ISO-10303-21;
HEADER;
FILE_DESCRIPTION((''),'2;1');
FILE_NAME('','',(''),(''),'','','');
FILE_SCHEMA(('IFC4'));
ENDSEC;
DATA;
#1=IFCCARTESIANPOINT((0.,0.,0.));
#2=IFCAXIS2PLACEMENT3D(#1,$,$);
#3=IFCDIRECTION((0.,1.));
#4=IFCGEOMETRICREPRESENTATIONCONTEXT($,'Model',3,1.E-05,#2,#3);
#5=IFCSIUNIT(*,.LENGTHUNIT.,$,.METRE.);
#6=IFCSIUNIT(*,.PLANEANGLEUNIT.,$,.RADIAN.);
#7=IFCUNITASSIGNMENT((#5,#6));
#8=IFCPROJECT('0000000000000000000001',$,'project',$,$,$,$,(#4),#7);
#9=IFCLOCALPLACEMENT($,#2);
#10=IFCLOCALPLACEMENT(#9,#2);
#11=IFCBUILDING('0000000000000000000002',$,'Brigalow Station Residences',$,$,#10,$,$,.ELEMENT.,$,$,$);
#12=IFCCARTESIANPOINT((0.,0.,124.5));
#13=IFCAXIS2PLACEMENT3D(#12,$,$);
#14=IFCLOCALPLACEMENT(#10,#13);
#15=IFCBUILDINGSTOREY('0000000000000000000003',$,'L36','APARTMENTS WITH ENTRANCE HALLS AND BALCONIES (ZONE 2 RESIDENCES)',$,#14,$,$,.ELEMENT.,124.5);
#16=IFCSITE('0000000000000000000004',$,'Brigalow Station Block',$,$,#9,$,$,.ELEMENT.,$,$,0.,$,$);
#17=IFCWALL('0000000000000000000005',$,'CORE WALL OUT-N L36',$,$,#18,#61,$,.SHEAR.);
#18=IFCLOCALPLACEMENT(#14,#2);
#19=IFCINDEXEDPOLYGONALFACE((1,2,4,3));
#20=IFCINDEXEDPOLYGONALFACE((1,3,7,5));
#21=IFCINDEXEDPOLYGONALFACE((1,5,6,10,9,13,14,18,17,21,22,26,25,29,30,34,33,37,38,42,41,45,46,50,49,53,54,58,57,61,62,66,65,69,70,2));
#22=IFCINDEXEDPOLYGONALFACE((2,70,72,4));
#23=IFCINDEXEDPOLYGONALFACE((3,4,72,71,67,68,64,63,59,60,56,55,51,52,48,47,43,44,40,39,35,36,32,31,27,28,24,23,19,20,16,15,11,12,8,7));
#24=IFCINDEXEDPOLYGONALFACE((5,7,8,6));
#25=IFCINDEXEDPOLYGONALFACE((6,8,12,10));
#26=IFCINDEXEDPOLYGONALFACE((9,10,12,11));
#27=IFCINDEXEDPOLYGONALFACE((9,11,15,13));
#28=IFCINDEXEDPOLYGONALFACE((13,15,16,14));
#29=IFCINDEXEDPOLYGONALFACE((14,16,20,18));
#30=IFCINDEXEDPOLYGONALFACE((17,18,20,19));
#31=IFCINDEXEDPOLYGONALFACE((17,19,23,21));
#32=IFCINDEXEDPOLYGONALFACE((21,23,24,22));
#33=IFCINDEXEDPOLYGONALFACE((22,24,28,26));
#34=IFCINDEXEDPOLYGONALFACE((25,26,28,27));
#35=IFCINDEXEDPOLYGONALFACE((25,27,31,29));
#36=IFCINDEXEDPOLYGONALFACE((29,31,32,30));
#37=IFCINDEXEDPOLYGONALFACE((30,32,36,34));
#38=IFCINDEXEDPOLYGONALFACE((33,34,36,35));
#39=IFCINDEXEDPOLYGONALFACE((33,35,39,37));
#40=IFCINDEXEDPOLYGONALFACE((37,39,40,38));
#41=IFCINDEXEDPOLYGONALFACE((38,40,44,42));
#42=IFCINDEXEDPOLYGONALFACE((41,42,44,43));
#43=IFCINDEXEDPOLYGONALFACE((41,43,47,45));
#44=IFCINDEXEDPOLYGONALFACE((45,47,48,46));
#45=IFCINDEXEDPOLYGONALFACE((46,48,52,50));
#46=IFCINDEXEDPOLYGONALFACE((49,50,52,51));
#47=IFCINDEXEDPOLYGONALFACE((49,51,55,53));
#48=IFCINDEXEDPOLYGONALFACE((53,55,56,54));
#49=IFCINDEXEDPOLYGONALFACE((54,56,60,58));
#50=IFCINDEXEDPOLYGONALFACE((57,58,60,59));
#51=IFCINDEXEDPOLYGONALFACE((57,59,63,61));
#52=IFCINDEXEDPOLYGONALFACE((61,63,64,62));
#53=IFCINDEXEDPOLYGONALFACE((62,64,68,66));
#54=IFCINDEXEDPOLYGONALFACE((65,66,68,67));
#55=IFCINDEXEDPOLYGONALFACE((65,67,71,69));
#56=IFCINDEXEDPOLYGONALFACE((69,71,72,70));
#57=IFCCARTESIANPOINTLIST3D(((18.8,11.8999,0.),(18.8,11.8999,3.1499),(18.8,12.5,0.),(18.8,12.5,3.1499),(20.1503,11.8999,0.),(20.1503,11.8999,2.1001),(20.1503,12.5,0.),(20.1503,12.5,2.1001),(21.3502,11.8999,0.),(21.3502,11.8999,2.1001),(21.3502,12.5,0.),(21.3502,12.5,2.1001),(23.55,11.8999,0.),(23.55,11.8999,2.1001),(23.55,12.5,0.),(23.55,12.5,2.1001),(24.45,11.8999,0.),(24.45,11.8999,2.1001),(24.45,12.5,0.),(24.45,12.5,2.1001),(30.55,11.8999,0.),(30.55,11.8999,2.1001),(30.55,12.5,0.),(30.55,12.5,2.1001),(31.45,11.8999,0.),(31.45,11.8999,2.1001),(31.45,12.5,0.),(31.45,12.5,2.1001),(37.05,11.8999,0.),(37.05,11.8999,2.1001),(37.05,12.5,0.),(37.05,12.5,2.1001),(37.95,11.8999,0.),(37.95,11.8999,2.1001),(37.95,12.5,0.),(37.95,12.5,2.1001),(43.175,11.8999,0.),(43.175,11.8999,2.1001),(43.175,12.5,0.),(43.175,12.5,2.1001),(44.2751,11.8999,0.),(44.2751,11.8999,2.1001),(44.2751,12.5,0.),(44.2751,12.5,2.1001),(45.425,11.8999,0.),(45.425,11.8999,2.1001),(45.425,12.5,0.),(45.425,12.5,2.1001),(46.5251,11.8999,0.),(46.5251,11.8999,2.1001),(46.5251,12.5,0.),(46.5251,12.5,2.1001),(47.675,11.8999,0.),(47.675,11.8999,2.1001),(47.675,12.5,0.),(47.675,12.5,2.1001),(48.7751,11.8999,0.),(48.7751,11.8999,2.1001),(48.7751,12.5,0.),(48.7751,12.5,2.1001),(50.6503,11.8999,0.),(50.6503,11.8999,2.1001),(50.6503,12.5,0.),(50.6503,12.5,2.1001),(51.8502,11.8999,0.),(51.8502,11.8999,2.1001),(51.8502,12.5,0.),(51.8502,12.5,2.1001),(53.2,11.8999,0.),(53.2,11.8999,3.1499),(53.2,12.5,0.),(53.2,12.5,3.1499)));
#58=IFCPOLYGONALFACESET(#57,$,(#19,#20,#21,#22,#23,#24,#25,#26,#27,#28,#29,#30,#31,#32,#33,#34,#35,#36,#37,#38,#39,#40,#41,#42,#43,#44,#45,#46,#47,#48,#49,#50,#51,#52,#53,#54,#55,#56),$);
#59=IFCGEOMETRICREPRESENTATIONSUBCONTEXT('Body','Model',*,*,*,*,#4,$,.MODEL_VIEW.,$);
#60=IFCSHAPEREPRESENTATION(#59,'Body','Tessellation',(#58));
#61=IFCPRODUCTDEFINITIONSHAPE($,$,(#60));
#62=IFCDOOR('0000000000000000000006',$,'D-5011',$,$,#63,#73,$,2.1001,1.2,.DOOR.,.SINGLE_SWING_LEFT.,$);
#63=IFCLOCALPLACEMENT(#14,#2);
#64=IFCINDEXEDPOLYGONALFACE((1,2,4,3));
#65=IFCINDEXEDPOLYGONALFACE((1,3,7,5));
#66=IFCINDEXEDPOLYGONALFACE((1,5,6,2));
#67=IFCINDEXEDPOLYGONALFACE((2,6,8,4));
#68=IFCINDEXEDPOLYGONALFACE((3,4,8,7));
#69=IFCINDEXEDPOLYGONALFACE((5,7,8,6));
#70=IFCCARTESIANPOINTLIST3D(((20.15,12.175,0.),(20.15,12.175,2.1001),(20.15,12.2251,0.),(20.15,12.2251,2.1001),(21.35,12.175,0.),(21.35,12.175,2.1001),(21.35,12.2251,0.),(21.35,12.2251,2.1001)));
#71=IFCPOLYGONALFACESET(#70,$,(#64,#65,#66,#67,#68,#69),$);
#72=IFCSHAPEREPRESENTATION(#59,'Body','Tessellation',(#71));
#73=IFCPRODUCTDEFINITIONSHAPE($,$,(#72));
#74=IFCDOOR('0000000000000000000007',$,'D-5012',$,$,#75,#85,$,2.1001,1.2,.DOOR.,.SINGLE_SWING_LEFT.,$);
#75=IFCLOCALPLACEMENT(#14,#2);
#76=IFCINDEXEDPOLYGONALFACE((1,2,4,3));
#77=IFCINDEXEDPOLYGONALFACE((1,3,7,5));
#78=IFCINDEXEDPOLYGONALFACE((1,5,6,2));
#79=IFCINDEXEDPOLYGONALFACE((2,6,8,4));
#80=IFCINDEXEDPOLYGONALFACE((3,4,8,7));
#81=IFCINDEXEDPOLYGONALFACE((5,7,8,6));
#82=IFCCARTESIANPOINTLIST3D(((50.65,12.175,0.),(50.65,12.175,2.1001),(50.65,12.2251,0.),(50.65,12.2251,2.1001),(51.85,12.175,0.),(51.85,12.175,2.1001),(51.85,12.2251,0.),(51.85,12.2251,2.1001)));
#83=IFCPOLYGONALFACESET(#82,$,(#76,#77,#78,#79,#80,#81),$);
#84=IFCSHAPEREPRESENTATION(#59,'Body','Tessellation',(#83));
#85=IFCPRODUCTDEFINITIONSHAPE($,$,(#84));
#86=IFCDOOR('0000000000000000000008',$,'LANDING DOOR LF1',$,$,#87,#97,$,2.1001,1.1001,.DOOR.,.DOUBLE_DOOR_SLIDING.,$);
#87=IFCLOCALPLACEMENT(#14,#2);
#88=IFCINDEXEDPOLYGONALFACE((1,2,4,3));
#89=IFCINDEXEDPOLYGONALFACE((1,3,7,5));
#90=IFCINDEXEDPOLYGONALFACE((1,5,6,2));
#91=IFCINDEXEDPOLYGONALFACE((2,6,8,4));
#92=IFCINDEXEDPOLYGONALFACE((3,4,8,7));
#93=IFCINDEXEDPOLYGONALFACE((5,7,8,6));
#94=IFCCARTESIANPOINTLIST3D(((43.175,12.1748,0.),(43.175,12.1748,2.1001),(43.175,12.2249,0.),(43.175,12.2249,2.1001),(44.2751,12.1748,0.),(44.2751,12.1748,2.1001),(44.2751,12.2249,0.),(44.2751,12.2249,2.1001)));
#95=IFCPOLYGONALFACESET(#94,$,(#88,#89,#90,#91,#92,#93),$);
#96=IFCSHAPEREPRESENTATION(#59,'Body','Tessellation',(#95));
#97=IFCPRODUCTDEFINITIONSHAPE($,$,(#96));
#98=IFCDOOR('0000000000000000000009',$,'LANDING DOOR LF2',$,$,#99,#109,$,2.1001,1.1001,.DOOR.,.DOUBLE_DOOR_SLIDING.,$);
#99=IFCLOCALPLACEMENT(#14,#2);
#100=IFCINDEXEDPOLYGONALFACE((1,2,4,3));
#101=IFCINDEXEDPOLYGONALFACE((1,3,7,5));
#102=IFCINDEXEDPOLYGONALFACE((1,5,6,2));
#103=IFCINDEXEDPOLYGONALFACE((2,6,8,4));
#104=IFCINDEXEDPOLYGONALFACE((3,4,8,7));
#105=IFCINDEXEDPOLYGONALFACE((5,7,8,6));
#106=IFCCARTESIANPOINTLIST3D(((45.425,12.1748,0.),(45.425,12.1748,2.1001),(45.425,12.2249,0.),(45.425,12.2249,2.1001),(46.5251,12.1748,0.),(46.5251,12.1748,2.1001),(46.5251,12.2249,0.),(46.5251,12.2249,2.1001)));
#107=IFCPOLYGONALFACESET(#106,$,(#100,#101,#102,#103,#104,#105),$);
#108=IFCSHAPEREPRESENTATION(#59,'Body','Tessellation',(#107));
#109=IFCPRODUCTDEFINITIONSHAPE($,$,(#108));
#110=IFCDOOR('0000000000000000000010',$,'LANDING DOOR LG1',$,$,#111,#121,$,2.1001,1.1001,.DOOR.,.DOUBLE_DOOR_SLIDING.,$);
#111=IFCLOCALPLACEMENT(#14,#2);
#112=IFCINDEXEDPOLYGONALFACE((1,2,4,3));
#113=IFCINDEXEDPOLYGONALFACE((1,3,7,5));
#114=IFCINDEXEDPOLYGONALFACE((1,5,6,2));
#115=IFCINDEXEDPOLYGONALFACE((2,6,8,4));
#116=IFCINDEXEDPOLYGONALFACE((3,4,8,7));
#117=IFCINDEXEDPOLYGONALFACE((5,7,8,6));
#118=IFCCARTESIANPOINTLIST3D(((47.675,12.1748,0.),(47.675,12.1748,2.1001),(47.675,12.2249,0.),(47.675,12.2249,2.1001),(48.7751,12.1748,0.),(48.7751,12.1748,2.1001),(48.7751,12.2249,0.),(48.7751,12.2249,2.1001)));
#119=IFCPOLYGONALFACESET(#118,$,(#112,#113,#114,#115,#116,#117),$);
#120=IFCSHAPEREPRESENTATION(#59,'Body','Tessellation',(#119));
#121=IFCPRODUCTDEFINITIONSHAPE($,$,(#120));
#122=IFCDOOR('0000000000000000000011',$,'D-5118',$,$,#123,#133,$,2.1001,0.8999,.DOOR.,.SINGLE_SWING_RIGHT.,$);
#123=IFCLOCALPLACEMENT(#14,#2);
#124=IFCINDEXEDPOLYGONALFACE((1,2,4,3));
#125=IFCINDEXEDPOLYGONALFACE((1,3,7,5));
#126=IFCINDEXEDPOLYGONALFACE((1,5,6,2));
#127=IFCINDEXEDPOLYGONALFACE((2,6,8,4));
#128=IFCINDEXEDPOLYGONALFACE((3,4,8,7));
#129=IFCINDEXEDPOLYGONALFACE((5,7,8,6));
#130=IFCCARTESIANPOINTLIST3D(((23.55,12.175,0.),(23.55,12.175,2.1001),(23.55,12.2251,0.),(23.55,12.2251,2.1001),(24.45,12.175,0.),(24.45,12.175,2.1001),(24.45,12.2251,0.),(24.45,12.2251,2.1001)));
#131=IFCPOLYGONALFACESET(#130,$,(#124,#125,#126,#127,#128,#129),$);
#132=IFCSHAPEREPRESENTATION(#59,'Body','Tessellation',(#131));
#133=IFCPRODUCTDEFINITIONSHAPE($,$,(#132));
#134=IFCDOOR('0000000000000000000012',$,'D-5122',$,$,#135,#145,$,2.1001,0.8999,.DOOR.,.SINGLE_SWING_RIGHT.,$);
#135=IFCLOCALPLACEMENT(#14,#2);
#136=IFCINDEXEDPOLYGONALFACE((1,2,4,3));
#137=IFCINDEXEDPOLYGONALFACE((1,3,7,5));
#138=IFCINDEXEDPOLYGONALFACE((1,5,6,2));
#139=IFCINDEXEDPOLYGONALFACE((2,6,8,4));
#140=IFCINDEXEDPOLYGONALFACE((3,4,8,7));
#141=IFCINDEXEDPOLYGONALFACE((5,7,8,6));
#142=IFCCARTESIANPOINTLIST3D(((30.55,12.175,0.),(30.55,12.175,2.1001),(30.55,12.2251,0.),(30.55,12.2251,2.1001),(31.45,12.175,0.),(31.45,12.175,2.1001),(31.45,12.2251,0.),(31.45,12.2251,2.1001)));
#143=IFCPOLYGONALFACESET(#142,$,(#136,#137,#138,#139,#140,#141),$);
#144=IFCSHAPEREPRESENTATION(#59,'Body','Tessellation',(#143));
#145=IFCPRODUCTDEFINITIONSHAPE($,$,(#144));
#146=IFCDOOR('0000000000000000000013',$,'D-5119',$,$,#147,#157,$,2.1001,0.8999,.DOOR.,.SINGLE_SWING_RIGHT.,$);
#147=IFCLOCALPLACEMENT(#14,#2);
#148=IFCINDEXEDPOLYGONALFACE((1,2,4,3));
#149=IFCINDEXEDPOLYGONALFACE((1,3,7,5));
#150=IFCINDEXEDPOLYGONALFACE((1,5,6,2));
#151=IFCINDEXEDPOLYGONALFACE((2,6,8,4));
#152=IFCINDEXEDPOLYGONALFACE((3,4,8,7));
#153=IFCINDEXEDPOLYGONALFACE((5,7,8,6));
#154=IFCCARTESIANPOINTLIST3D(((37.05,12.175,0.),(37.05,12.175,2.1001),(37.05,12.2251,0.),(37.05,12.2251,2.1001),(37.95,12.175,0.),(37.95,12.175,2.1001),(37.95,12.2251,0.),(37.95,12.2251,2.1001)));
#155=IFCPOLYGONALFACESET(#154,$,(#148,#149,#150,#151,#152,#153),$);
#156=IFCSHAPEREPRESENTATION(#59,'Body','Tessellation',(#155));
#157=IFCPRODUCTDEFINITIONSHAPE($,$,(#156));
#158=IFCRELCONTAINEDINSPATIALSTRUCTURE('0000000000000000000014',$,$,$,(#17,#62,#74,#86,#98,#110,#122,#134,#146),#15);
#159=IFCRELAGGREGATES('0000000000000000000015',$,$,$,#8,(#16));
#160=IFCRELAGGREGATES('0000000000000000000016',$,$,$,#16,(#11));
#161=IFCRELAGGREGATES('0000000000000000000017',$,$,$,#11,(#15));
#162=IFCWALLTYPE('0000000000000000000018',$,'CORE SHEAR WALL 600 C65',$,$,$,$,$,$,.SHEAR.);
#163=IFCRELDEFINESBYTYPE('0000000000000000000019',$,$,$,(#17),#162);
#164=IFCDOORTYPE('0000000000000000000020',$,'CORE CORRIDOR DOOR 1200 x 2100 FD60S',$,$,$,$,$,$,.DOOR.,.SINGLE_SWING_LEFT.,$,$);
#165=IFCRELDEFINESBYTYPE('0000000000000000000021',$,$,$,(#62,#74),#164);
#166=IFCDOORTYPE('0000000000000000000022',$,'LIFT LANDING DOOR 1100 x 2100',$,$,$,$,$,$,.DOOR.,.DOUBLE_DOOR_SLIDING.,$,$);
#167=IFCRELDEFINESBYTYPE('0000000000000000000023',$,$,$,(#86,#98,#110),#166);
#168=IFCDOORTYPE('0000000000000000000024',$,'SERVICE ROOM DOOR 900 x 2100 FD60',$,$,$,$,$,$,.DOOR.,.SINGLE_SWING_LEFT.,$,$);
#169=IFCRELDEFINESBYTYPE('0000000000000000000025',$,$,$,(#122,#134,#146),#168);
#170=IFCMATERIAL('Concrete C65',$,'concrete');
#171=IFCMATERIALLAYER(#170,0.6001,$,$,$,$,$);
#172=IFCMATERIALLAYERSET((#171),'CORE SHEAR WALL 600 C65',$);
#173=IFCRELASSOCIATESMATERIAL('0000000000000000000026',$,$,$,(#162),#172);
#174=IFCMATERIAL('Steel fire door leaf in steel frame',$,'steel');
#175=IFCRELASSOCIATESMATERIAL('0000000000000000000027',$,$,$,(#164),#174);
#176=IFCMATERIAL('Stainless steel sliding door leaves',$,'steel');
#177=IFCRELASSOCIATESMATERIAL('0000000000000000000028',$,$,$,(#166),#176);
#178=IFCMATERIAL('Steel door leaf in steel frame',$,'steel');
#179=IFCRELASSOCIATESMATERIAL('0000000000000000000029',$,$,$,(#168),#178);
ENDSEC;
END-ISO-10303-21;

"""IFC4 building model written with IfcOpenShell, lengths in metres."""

from ifc_helpers import new_model, si_unit, direction, frame, frame_2d, origin, place, context, subcontext, project, spatial, rectangle, extrude, material, layer, layer_set, type_object, element, fill, save


model = new_model("IFC4")

# Units and contexts
model_context = context("Model", 3, precision=1e-05, world=origin(), true_north=direction((0.0, 1.0)))
body_context = subcontext(model_context, "Body", "Model", "MODEL_VIEW")
ifc_project = project(units=[si_unit("LENGTHUNIT", "METRE"), si_unit("PLANEANGLEUNIT", "RADIAN")], contexts=[model_context])

# Site, building, storey
site_placement = place(None, origin())
site = spatial("IfcSite", under=ifc_project, at=site_placement, Name="Brigalow Station Block", CompositionType="ELEMENT", RefElevation=0.0)
building_placement = place(site_placement, origin())
building = spatial("IfcBuilding", under=site, at=building_placement, Name="Brigalow Station Residences", CompositionType="ELEMENT")
storey_placement = place(building_placement, frame((0.0, 0.0, 124.5)))
storey = spatial("IfcBuildingStorey", under=building, at=storey_placement, Name="L36", Description="APARTMENTS WITH ENTRANCE HALLS AND BALCONIES (ZONE 2 RESIDENCES)", CompositionType="ELEMENT", Elevation=124.5)

# Wall, openings, doors
ifc_material_1 = material(Name="Concrete C65", Category="concrete")
ifc_layer_1 = layer(ifc_material_1, 0.6001)
ifc_layer_set_1 = layer_set([ifc_layer_1], Name="CORE SHEAR WALL 600 C65")
wall_type_1 = type_object("IfcWallType", Name="CORE SHEAR WALL 600 C65", PredefinedType="SHEAR", material=ifc_layer_set_1)
wall_1_placement = place(storey_placement, frame((18.8, 12.2, 0.0), z_axis=(0.0, 0.0, 1.0), x_axis=(1.0, 0.0, 0.0)))
wall_1 = element("IfcWall", 1, at=wall_1_placement, inside=storey, type_object=wall_type_1, Name="CORE WALL OUT-N L36", PredefinedType="SHEAR", context=body_context, shape_type="SweptSolid", body=[
    extrude(rectangle(XDim=34.3999, YDim=0.6001, at=frame_2d((17.2, 0.0))), origin(), (0.0, 0.0, 1.0), 3.1499),
])
opening_1_placement = place(wall_1_placement, frame((24.375, 0.0, 0.0)))
opening_1 = element("IfcOpeningElement", 2, at=opening_1_placement, cuts=wall_1, PredefinedType="OPENING", context=body_context, shape_type="SweptSolid", body=[
    extrude(rectangle(XDim=1.1001, YDim=2.1001, at=frame_2d((0.55, 1.05))), frame((0.0, 0.3101, 0.0), z_axis=(0.0, -1.0, 0.0), x_axis=(1.0, 0.0, 0.0)), (0.0, 0.0, 1.0), 0.6201),
])
opening_2_placement = place(wall_1_placement, frame((26.625, 0.0, 0.0)))
opening_2 = element("IfcOpeningElement", 3, at=opening_2_placement, cuts=wall_1, PredefinedType="OPENING", context=body_context, shape_type="SweptSolid", body=[
    extrude(rectangle(XDim=1.1001, YDim=2.1001, at=frame_2d((0.55, 1.05))), frame((0.0, 0.3101, 0.0), z_axis=(0.0, -1.0, 0.0), x_axis=(1.0, 0.0, 0.0)), (0.0, 0.0, 1.0), 0.6201),
])
opening_3_placement = place(wall_1_placement, frame((28.875, 0.0, 0.0)))
opening_3 = element("IfcOpeningElement", 4, at=opening_3_placement, cuts=wall_1, PredefinedType="OPENING", context=body_context, shape_type="SweptSolid", body=[
    extrude(rectangle(XDim=1.1001, YDim=2.1001, at=frame_2d((0.55, 1.05))), frame((0.0, 0.3101, 0.0), z_axis=(0.0, -1.0, 0.0), x_axis=(1.0, 0.0, 0.0)), (0.0, 0.0, 1.0), 0.6201),
])
opening_4_placement = place(wall_1_placement, frame((4.75, 0.0, 0.0)))
opening_4 = element("IfcOpeningElement", 5, at=opening_4_placement, cuts=wall_1, PredefinedType="OPENING", context=body_context, shape_type="SweptSolid", body=[
    extrude(rectangle(XDim=0.8999, YDim=2.1001, at=frame_2d((0.45, 1.05))), frame((0.0, 0.3101, 0.0), z_axis=(0.0, -1.0, 0.0), x_axis=(1.0, 0.0, 0.0)), (0.0, 0.0, 1.0), 0.6201),
])
opening_5_placement = place(wall_1_placement, frame((11.75, 0.0, 0.0)))
opening_5 = element("IfcOpeningElement", 6, at=opening_5_placement, cuts=wall_1, PredefinedType="OPENING", context=body_context, shape_type="SweptSolid", body=[
    extrude(rectangle(XDim=0.8999, YDim=2.1001, at=frame_2d((0.45, 1.05))), frame((0.0, 0.3101, 0.0), z_axis=(0.0, -1.0, 0.0), x_axis=(1.0, 0.0, 0.0)), (0.0, 0.0, 1.0), 0.6201),
])
opening_6_placement = place(wall_1_placement, frame((18.25, 0.0, 0.0)))
opening_6 = element("IfcOpeningElement", 7, at=opening_6_placement, cuts=wall_1, PredefinedType="OPENING", context=body_context, shape_type="SweptSolid", body=[
    extrude(rectangle(XDim=0.8999, YDim=2.1001, at=frame_2d((0.45, 1.05))), frame((0.0, 0.3101, 0.0), z_axis=(0.0, -1.0, 0.0), x_axis=(1.0, 0.0, 0.0)), (0.0, 0.0, 1.0), 0.6201),
])
opening_7_placement = place(wall_1_placement, frame((1.3501, 0.0, 0.0)))
opening_7 = element("IfcOpeningElement", 8, at=opening_7_placement, cuts=wall_1, PredefinedType="OPENING", context=body_context, shape_type="SweptSolid", body=[
    extrude(rectangle(XDim=1.2, YDim=2.1001, at=frame_2d((0.6001, 1.05))), frame((0.0, 0.3101, 0.0), z_axis=(0.0, -1.0, 0.0), x_axis=(1.0, 0.0, 0.0)), (0.0, 0.0, 1.0), 0.6201),
])
opening_8_placement = place(wall_1_placement, frame((31.8501, 0.0, 0.0)))
opening_8 = element("IfcOpeningElement", 9, at=opening_8_placement, cuts=wall_1, PredefinedType="OPENING", context=body_context, shape_type="SweptSolid", body=[
    extrude(rectangle(XDim=1.2, YDim=2.1001, at=frame_2d((0.6001, 1.05))), frame((0.0, 0.3101, 0.0), z_axis=(0.0, -1.0, 0.0), x_axis=(1.0, 0.0, 0.0)), (0.0, 0.0, 1.0), 0.6201),
])
ifc_material_2 = material(Name="Steel fire door leaf in steel frame", Category="steel")
door_type_1 = type_object("IfcDoorType", Name="CORE CORRIDOR DOOR 1200 x 2100 FD60S", OperationType="SINGLE_SWING_LEFT", PredefinedType="DOOR", material=ifc_material_2)
door_1_placement = place(opening_7_placement, frame((1.2, 0.0, 0.0), z_axis=(0.0, 0.0, 1.0), x_axis=(-1.0, 0.0, 0.0)))
door_1 = element("IfcDoor", 10, at=door_1_placement, inside=storey, type_object=door_type_1, Name="D-5011", OperationType="SINGLE_SWING_LEFT", OverallHeight=2.1001, OverallWidth=1.2, PredefinedType="DOOR", context=body_context, shape_type="SweptSolid", body=[
    extrude(rectangle(XDim=1.2, YDim=2.1001, at=frame_2d((0.6001, 1.05))), frame((0.0, 0.0249, 0.0), z_axis=(0.0, -1.0, 0.0), x_axis=(1.0, 0.0, 0.0)), (0.0, 0.0, 1.0), 0.05),
])
fill(opening_7, door_1)
door_2_placement = place(opening_8_placement, frame((1.2, 0.0, 0.0), z_axis=(0.0, 0.0, 1.0), x_axis=(-1.0, 0.0, 0.0)))
door_2 = element("IfcDoor", 11, at=door_2_placement, inside=storey, type_object=door_type_1, Name="D-5012", OperationType="SINGLE_SWING_LEFT", OverallHeight=2.1001, OverallWidth=1.2, PredefinedType="DOOR", context=body_context, shape_type="SweptSolid", body=[
    extrude(rectangle(XDim=1.2, YDim=2.1001, at=frame_2d((0.6001, 1.05))), frame((0.0, 0.0249, 0.0), z_axis=(0.0, -1.0, 0.0), x_axis=(1.0, 0.0, 0.0)), (0.0, 0.0, 1.0), 0.05),
])
fill(opening_8, door_2)
ifc_material_3 = material(Name="Stainless steel sliding door leaves", Category="steel")
door_type_2 = type_object("IfcDoorType", Name="LIFT LANDING DOOR 1100 x 2100", OperationType="DOUBLE_DOOR_SLIDING", PredefinedType="DOOR", material=ifc_material_3)
door_3_placement = place(opening_1_placement, origin())
door_3 = element("IfcDoor", 12, at=door_3_placement, inside=storey, type_object=door_type_2, Name="LANDING DOOR LF1", OperationType="DOUBLE_DOOR_SLIDING", OverallHeight=2.1001, OverallWidth=1.1001, PredefinedType="DOOR", context=body_context, shape_type="SweptSolid", body=[
    extrude(rectangle(XDim=1.1001, YDim=2.1001, at=frame_2d((0.55, 1.05))), frame((0.0, 0.0249, 0.0), z_axis=(0.0, -1.0, 0.0), x_axis=(1.0, 0.0, 0.0)), (0.0, 0.0, 1.0), 0.05),
])
fill(opening_1, door_3)
door_4_placement = place(opening_2_placement, origin())
door_4 = element("IfcDoor", 13, at=door_4_placement, inside=storey, type_object=door_type_2, Name="LANDING DOOR LF2", OperationType="DOUBLE_DOOR_SLIDING", OverallHeight=2.1001, OverallWidth=1.1001, PredefinedType="DOOR", context=body_context, shape_type="SweptSolid", body=[
    extrude(rectangle(XDim=1.1001, YDim=2.1001, at=frame_2d((0.55, 1.05))), frame((0.0, 0.0249, 0.0), z_axis=(0.0, -1.0, 0.0), x_axis=(1.0, 0.0, 0.0)), (0.0, 0.0, 1.0), 0.05),
])
fill(opening_2, door_4)
door_5_placement = place(opening_3_placement, origin())
door_5 = element("IfcDoor", 14, at=door_5_placement, inside=storey, type_object=door_type_2, Name="LANDING DOOR LG1", OperationType="DOUBLE_DOOR_SLIDING", OverallHeight=2.1001, OverallWidth=1.1001, PredefinedType="DOOR", context=body_context, shape_type="SweptSolid", body=[
    extrude(rectangle(XDim=1.1001, YDim=2.1001, at=frame_2d((0.55, 1.05))), frame((0.0, 0.0249, 0.0), z_axis=(0.0, -1.0, 0.0), x_axis=(1.0, 0.0, 0.0)), (0.0, 0.0, 1.0), 0.05),
])
fill(opening_3, door_5)
ifc_material_4 = material(Name="Steel door leaf in steel frame", Category="steel")
door_type_3 = type_object("IfcDoorType", Name="SERVICE ROOM DOOR 900 x 2100 FD60", OperationType="SINGLE_SWING_LEFT", PredefinedType="DOOR", material=ifc_material_4)
door_6_placement = place(opening_4_placement, frame((0.8999, 0.0, 0.0), z_axis=(0.0, 0.0, 1.0), x_axis=(-1.0, 0.0, 0.0)))
door_6 = element("IfcDoor", 15, at=door_6_placement, inside=storey, type_object=door_type_3, Name="D-5118", OperationType="SINGLE_SWING_RIGHT", OverallHeight=2.1001, OverallWidth=0.8999, PredefinedType="DOOR", context=body_context, shape_type="SweptSolid", body=[
    extrude(rectangle(XDim=0.8999, YDim=2.1001, at=frame_2d((0.45, 1.05))), frame((0.0, 0.0249, 0.0), z_axis=(0.0, -1.0, 0.0), x_axis=(1.0, 0.0, 0.0)), (0.0, 0.0, 1.0), 0.05),
])
fill(opening_4, door_6)
door_7_placement = place(opening_5_placement, frame((0.8999, 0.0, 0.0), z_axis=(0.0, 0.0, 1.0), x_axis=(-1.0, 0.0, 0.0)))
door_7 = element("IfcDoor", 16, at=door_7_placement, inside=storey, type_object=door_type_3, Name="D-5122", OperationType="SINGLE_SWING_RIGHT", OverallHeight=2.1001, OverallWidth=0.8999, PredefinedType="DOOR", context=body_context, shape_type="SweptSolid", body=[
    extrude(rectangle(XDim=0.8999, YDim=2.1001, at=frame_2d((0.45, 1.05))), frame((0.0, 0.0249, 0.0), z_axis=(0.0, -1.0, 0.0), x_axis=(1.0, 0.0, 0.0)), (0.0, 0.0, 1.0), 0.05),
])
fill(opening_5, door_7)
door_8_placement = place(opening_6_placement, frame((0.8999, 0.0, 0.0), z_axis=(0.0, 0.0, 1.0), x_axis=(-1.0, 0.0, 0.0)))
door_8 = element("IfcDoor", 17, at=door_8_placement, inside=storey, type_object=door_type_3, Name="D-5119", OperationType="SINGLE_SWING_RIGHT", OverallHeight=2.1001, OverallWidth=0.8999, PredefinedType="DOOR", context=body_context, shape_type="SweptSolid", body=[
    extrude(rectangle(XDim=0.8999, YDim=2.1001, at=frame_2d((0.45, 1.05))), frame((0.0, 0.0249, 0.0), z_axis=(0.0, -1.0, 0.0), x_axis=(1.0, 0.0, 0.0)), (0.0, 0.0, 1.0), 0.05),
])
fill(opening_6, door_8)

save(model, "model.ifc")
